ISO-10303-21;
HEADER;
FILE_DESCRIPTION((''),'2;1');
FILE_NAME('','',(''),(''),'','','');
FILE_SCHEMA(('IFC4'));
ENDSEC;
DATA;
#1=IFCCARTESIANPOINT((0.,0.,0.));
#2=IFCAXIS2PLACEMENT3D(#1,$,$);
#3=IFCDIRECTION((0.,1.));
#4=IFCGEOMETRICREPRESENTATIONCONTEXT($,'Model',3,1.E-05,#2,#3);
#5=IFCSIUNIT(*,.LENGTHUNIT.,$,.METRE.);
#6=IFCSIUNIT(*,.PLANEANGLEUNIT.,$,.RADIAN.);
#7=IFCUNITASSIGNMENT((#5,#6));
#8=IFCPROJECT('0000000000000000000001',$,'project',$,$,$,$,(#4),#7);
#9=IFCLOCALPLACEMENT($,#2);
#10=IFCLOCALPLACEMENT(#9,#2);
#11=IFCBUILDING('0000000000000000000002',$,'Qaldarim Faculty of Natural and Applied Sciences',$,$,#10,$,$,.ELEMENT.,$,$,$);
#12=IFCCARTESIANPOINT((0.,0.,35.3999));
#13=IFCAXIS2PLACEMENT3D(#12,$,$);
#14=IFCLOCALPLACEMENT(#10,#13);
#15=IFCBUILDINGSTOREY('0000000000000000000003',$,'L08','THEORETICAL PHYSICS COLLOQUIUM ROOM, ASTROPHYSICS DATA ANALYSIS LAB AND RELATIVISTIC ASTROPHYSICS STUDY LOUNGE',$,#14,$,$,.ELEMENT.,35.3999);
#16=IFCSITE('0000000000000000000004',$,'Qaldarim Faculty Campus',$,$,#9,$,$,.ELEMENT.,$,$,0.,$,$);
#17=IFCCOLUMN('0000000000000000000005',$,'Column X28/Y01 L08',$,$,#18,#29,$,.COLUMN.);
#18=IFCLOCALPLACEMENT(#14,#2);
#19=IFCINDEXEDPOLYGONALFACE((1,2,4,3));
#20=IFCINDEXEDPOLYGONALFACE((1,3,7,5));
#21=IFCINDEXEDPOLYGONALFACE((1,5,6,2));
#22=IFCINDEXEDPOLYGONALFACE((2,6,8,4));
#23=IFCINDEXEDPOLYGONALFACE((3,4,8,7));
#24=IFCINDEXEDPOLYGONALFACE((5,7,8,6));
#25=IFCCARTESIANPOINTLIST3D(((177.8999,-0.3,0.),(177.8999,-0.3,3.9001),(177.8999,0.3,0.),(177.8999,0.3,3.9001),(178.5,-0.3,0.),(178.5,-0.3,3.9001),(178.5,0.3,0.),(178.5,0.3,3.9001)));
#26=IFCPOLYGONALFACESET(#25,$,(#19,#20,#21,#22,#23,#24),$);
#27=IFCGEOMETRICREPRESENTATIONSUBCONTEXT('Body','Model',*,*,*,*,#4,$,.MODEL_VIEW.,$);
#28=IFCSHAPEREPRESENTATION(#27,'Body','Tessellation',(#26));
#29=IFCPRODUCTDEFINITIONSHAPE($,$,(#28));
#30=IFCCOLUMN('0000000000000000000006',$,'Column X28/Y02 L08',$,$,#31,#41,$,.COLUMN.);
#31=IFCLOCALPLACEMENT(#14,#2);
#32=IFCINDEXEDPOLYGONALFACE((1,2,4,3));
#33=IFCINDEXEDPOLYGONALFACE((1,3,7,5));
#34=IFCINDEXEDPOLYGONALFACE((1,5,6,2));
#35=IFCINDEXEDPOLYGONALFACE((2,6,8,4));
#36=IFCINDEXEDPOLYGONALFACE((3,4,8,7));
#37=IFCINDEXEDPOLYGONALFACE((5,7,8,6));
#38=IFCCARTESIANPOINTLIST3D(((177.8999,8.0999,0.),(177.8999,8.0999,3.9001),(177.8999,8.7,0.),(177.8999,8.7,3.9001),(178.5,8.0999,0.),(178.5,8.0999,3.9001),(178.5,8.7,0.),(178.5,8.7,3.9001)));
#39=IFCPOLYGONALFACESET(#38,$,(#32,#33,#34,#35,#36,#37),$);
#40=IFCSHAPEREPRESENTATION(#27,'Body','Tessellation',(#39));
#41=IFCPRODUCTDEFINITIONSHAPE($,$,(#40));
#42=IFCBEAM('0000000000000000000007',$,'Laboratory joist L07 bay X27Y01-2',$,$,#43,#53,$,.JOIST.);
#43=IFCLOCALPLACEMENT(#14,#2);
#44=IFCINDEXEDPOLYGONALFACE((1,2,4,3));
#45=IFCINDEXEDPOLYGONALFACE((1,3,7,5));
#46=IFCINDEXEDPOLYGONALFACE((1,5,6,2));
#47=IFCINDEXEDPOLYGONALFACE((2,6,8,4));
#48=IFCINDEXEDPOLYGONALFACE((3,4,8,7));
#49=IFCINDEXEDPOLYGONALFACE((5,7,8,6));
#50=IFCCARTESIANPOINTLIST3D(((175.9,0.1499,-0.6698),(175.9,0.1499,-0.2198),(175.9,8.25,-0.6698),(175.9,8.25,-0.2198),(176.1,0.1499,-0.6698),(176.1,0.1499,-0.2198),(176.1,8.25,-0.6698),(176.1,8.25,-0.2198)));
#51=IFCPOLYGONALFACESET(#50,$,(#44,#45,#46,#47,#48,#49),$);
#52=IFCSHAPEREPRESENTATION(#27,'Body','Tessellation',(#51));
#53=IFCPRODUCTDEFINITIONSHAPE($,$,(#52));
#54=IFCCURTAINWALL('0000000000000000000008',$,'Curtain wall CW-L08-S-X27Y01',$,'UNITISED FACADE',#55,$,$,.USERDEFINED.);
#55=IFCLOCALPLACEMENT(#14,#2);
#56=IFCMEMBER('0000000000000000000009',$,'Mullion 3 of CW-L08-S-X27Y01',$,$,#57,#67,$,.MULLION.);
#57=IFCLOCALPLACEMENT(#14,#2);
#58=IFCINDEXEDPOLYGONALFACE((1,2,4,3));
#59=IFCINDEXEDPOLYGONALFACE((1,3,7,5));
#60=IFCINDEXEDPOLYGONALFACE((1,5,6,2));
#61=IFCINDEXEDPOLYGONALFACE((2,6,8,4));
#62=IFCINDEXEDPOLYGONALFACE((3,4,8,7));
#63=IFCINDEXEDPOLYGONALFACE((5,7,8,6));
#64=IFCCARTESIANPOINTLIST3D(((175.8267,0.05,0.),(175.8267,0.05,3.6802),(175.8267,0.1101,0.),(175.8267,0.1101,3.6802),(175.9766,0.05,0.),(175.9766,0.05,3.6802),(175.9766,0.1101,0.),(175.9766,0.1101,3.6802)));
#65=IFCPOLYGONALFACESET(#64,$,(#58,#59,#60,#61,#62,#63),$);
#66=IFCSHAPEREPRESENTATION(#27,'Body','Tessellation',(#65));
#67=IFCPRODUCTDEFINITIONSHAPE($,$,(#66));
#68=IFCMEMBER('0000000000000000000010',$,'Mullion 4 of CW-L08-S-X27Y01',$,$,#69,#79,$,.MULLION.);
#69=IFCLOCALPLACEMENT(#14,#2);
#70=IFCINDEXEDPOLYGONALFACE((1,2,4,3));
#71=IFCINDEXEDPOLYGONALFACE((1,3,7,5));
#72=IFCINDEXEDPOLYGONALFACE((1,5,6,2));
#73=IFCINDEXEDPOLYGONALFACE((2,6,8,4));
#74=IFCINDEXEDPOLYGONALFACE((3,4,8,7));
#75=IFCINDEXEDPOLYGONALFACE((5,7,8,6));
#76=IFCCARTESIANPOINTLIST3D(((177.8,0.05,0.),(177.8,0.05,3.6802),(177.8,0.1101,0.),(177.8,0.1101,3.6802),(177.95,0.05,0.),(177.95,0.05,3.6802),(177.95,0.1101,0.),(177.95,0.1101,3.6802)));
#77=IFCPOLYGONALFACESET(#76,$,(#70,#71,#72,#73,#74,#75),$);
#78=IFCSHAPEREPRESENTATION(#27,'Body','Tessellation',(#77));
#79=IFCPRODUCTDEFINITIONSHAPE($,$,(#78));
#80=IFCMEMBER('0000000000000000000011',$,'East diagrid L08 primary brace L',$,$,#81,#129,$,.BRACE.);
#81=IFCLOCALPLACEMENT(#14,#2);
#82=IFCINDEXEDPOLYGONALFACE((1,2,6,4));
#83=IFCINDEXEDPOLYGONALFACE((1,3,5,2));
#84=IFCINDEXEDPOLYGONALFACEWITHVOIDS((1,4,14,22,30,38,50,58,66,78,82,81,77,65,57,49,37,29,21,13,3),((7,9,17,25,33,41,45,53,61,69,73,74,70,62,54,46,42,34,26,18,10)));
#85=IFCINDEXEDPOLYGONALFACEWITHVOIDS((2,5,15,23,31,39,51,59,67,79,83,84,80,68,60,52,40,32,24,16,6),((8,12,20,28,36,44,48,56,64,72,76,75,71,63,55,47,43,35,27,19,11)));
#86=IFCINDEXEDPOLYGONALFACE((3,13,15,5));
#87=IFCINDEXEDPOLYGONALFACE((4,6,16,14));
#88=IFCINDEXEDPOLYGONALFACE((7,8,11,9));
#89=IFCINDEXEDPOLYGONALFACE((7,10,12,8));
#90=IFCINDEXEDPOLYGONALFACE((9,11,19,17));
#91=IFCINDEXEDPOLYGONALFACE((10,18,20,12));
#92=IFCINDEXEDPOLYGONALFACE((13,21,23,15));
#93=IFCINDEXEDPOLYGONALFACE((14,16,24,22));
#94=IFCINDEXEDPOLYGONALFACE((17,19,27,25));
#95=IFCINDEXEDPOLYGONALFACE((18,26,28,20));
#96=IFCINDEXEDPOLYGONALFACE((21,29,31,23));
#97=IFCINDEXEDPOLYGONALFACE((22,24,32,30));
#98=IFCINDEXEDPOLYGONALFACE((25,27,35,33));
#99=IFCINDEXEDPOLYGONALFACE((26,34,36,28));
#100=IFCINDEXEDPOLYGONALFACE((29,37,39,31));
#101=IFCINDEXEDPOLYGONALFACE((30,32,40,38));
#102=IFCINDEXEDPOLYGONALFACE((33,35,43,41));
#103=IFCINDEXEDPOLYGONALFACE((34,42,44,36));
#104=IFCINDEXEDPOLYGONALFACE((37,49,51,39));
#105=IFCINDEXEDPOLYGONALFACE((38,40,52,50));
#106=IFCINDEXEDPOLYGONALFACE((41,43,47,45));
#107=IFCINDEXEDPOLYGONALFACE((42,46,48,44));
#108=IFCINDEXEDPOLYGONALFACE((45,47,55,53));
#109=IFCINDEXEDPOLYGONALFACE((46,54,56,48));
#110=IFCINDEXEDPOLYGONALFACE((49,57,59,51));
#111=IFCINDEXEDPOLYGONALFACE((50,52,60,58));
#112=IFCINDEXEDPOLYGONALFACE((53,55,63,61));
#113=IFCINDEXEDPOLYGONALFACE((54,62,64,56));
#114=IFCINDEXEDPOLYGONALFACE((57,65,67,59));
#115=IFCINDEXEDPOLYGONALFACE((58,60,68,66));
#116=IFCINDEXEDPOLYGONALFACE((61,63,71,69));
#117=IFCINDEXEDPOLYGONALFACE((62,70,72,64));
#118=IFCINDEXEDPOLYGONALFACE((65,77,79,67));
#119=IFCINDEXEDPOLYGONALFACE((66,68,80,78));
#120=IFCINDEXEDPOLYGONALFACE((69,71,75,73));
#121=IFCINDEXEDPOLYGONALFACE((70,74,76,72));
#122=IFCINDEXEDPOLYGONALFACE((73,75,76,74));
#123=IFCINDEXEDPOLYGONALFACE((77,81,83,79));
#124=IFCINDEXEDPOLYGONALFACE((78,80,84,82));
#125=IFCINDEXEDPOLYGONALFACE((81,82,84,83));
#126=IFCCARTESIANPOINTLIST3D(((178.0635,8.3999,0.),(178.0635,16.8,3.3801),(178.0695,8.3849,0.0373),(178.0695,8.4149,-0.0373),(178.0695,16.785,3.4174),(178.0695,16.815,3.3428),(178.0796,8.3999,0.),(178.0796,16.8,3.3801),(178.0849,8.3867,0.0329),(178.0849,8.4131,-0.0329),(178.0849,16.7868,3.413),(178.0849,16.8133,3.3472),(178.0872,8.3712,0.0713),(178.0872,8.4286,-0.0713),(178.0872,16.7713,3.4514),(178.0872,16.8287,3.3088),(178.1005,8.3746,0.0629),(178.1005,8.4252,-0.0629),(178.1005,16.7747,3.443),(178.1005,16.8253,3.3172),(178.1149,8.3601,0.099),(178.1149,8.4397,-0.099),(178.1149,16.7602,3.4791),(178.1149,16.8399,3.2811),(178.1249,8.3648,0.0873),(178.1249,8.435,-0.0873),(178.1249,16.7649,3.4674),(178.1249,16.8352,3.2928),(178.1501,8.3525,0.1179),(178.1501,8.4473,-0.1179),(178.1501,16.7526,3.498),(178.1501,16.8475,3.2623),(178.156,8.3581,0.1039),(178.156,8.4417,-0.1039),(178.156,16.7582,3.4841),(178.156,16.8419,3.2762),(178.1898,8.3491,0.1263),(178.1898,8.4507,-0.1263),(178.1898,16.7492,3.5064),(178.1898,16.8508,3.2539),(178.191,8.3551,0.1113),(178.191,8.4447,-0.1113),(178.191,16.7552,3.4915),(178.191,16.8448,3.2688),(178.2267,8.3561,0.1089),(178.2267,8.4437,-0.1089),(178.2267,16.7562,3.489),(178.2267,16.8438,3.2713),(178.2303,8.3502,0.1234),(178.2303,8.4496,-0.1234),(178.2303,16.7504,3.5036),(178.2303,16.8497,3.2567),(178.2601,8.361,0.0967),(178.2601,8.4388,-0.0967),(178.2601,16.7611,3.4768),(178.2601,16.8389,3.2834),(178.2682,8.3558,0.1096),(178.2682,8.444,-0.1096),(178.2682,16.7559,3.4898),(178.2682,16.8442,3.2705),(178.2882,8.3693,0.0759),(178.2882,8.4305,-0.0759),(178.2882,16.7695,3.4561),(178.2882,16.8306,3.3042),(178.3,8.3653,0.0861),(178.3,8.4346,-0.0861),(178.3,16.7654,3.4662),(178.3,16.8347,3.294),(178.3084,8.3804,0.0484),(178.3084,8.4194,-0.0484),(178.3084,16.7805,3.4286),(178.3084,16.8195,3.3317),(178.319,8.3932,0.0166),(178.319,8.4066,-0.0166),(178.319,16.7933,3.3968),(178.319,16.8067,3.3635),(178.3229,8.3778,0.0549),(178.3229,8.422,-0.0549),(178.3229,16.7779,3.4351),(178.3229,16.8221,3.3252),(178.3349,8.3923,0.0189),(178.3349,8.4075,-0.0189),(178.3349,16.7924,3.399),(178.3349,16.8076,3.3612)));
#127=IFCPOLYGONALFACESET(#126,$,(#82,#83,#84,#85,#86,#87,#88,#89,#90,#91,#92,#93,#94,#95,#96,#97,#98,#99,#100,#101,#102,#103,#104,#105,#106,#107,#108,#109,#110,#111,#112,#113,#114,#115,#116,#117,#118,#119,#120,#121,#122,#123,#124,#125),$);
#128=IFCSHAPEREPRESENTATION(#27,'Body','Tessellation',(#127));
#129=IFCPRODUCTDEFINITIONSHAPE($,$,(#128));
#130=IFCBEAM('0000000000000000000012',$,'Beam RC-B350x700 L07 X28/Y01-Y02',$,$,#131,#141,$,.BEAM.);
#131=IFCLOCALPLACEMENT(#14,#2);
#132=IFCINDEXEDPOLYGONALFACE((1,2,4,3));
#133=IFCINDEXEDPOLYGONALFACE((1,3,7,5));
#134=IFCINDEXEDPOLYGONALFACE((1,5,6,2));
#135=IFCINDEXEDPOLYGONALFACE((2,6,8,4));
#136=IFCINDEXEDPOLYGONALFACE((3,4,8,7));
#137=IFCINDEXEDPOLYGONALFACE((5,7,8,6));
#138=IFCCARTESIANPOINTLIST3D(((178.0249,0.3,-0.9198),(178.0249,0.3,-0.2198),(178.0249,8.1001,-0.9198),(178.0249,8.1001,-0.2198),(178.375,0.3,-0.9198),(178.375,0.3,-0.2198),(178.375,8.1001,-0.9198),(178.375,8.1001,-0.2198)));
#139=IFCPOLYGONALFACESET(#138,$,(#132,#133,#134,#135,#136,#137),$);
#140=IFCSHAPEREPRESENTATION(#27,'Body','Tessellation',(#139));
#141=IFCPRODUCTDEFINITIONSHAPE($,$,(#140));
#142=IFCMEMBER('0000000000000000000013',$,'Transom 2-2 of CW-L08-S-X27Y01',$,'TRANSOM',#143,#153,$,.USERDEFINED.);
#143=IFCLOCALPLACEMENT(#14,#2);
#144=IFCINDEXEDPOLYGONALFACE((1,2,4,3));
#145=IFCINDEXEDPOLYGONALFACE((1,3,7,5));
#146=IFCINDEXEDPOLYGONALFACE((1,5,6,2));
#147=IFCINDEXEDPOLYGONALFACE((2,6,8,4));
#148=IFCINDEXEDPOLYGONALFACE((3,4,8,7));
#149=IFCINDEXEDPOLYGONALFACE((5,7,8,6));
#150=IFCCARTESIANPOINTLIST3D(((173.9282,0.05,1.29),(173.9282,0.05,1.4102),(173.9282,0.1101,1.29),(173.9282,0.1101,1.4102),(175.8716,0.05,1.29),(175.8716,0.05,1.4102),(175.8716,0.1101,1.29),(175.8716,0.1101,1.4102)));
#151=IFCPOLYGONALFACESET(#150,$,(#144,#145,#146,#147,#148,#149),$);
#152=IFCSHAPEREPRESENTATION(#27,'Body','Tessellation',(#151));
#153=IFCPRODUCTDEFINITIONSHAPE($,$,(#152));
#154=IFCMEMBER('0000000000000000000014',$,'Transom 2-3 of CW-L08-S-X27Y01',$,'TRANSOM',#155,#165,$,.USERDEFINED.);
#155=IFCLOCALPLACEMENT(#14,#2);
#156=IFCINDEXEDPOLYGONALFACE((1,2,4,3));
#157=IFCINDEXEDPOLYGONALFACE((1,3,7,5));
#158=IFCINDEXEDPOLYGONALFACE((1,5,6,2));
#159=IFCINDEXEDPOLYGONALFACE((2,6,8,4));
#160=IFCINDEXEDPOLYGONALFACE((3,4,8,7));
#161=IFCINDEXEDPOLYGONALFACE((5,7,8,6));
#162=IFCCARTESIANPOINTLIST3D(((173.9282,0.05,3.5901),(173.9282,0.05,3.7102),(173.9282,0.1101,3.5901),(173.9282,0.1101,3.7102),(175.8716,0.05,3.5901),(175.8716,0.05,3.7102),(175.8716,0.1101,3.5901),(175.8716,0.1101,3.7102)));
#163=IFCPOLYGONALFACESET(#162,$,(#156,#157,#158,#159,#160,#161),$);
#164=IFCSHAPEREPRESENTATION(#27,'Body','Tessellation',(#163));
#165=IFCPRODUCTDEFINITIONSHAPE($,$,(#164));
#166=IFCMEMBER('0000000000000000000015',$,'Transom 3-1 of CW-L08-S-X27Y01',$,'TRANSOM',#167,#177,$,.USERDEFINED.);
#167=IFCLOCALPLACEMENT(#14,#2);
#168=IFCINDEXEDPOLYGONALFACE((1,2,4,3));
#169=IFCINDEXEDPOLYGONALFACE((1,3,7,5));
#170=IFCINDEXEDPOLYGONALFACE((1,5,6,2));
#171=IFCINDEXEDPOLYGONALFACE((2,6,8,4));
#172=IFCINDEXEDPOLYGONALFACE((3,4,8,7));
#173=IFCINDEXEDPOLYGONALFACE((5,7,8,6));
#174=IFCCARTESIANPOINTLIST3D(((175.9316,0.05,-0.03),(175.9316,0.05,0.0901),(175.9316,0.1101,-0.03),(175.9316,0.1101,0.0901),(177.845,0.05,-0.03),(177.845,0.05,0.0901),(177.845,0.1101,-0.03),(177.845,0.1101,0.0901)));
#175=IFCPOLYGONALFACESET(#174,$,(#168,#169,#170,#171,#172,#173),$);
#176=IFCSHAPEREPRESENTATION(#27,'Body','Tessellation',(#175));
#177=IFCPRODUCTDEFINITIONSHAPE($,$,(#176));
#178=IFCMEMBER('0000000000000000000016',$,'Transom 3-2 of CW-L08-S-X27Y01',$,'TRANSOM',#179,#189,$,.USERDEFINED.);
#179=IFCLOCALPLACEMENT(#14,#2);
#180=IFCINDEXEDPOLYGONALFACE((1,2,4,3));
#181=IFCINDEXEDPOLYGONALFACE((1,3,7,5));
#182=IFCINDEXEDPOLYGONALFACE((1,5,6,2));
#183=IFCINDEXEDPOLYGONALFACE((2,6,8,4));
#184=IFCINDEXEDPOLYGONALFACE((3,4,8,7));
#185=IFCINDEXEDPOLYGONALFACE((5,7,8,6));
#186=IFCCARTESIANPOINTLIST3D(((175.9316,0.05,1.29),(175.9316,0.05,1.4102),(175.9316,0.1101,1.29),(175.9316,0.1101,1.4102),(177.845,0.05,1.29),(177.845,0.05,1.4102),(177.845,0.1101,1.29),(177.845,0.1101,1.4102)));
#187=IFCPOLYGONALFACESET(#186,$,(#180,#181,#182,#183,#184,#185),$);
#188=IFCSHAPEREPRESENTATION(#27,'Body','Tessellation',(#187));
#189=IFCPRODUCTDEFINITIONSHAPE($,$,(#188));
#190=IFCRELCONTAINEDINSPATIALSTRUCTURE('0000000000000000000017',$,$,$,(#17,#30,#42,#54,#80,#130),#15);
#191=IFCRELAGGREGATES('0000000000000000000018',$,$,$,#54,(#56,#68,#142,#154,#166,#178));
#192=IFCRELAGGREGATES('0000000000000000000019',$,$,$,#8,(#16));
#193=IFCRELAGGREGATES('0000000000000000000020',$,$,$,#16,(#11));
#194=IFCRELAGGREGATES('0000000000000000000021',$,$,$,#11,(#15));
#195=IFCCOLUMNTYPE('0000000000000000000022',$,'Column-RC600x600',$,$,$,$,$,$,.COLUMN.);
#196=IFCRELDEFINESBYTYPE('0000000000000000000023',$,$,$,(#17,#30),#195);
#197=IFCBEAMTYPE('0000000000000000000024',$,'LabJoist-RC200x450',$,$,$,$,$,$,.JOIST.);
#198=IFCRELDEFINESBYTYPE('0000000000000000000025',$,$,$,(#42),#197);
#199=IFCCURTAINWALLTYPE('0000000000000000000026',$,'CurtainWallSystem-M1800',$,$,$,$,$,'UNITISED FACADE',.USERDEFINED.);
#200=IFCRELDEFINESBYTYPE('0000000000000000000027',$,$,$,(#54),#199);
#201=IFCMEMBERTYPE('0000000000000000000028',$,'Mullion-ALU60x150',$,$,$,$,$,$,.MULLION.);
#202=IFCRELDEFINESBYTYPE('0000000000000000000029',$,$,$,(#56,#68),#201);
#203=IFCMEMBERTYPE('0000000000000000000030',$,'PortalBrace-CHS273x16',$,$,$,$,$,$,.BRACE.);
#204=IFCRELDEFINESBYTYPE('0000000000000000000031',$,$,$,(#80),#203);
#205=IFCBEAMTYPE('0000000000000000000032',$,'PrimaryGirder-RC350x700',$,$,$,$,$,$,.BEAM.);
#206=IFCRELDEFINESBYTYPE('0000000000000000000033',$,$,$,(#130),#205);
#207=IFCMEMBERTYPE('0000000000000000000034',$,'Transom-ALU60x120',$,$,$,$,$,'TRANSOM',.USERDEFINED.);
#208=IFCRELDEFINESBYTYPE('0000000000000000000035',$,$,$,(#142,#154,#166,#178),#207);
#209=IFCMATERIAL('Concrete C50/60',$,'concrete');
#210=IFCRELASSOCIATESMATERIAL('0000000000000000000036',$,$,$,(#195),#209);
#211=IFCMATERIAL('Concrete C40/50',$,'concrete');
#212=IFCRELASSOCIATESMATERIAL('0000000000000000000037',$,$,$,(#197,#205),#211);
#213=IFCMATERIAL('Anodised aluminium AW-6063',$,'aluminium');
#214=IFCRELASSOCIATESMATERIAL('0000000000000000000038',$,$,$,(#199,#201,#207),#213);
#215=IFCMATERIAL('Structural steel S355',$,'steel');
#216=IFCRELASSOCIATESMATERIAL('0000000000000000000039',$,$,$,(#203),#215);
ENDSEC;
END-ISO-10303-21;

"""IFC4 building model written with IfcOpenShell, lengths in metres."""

from ifc_helpers import new_model, si_unit, direction, frame, origin, origin_2d, place, context, subcontext, project, spatial, rectangle, hollow_circle, extrude, material, material_profile, profile_set, type_object, element, aggregate, save


model = new_model("IFC4")

# Units and contexts
model_context = context("Model", 3, precision=1e-05, world=origin(), true_north=direction((0.0, 1.0)))
body_context = subcontext(model_context, "Body", "Model", "MODEL_VIEW")
ifc_project = project(units=[si_unit("LENGTHUNIT", "METRE"), si_unit("PLANEANGLEUNIT", "RADIAN")], contexts=[model_context])

# Site, building, storey
site_placement = place(None, origin())
site = spatial("IfcSite", under=ifc_project, at=site_placement, Name="Qaldarim Faculty Campus", CompositionType="ELEMENT", RefElevation=0.0)
building_placement = place(site_placement, origin())
building = spatial("IfcBuilding", under=site, at=building_placement, Name="Qaldarim Faculty of Natural and Applied Sciences", CompositionType="ELEMENT")
storey_placement = place(building_placement, frame((0.0, 0.0, 35.3999)))
storey = spatial("IfcBuildingStorey", under=building, at=storey_placement, Name="L08", Description="THEORETICAL PHYSICS COLLOQUIUM ROOM, ASTROPHYSICS DATA ANALYSIS LAB AND RELATIVISTIC ASTROPHYSICS STUDY LOUNGE", CompositionType="ELEMENT", Elevation=35.3999)

# Columns
ifc_material_1 = material(Name="Concrete C50/60", Category="concrete")
ifc_material_profile_1 = material_profile(ifc_material_1, rectangle(XDim=0.6001, YDim=0.6001, at=origin_2d()), Name="RC-C600x600")
ifc_profile_set_1 = profile_set([ifc_material_profile_1], Name="Concrete C50/60")
column_type = type_object("IfcColumnType", Name="Column-RC600x600", PredefinedType="COLUMN", material=ifc_profile_set_1)
for number, where, z_axis, x_axis, name in (
    (1, (178.2, 0.0, 0.0), (0.0, 0.0, 1.0), (1.0, 0.0, 0.0), "Column X28/Y01 L08"),
    (2, (178.2, 8.3999, 0.0), (0.0, 0.0, 1.0), (1.0, 0.0, 0.0), "Column X28/Y02 L08"),
):
    element("IfcColumn", number, at=place(storey_placement, frame(where, z_axis=z_axis, x_axis=x_axis)), inside=storey, type_object=column_type, Name=name, PredefinedType="COLUMN", context=body_context, shape_type="SweptSolid", body=[
        extrude(rectangle(XDim=0.6001, YDim=0.6001, at=origin_2d()), origin(), (0.0, 0.0, 1.0), 3.9001),
    ])

# Beam
ifc_material_2 = material(Name="Concrete C40/50", Category="concrete")
ifc_material_profile_2 = material_profile(ifc_material_2, rectangle(XDim=0.2, YDim=0.45, at=origin_2d()), Name="RC-J200x450")
ifc_profile_set_2 = profile_set([ifc_material_profile_2], Name="Concrete C40/50")
beam_type_1 = type_object("IfcBeamType", Name="LabJoist-RC200x450", PredefinedType="JOIST", material=ifc_profile_set_2)
beam_1_placement = place(storey_placement, frame((176.0, 0.1499, -0.4448), z_axis=(0.0, 1.0, 0.0), x_axis=(-1.0, 0.0, 0.0)))
element("IfcBeam", 3, at=beam_1_placement, inside=storey, type_object=beam_type_1, Name="Laboratory joist L07 bay X27Y01-2", PredefinedType="JOIST", context=body_context, shape_type="SweptSolid", body=[
    extrude(rectangle(XDim=0.2, YDim=0.45, at=origin_2d()), origin(), (0.0, 0.0, 1.0), 8.1001),
])

# Curtain wall, members
ifc_material_3 = material(Name="Anodised aluminium AW-6063", Category="aluminium")
curtain_wall_type = type_object("IfcCurtainWallType", Name="CurtainWallSystem-M1800", ElementType="UNITISED FACADE", PredefinedType="USERDEFINED", material=ifc_material_3)
curtain_wall_placement = place(storey_placement, origin())
curtain_wall = element("IfcCurtainWall", 4, at=curtain_wall_placement, inside=storey, type_object=curtain_wall_type, Name="Curtain wall CW-L08-S-X27Y01", ObjectType="UNITISED FACADE", PredefinedType="USERDEFINED")
ifc_material_profile_3 = material_profile(ifc_material_3, rectangle(XDim=0.0601, YDim=0.1499, at=origin_2d()), Name="ALU-M60x150")
ifc_profile_set_3 = profile_set([ifc_material_profile_3], Name="Anodised aluminium AW-6063")
member_type_1 = type_object("IfcMemberType", Name="Mullion-ALU60x150", PredefinedType="MULLION", material=ifc_profile_set_3)
member_1_placement = place(storey_placement, frame((175.9016, 0.0801, 0.0), z_axis=(0.0, 0.0, 1.0), x_axis=(0.0, 1.0, 0.0)))
member_1 = element("IfcMember", 5, at=member_1_placement, type_object=member_type_1, Name="Mullion 3 of CW-L08-S-X27Y01", PredefinedType="MULLION", context=body_context, shape_type="SweptSolid", body=[
    extrude(rectangle(XDim=0.0601, YDim=0.1499, at=origin_2d()), origin(), (0.0, 0.0, 1.0), 3.6802),
])
member_2_placement = place(storey_placement, frame((177.875, 0.0801, 0.0), z_axis=(0.0, 0.0, 1.0), x_axis=(0.0, 1.0, 0.0)))
member_2 = element("IfcMember", 6, at=member_2_placement, type_object=member_type_1, Name="Mullion 4 of CW-L08-S-X27Y01", PredefinedType="MULLION", context=body_context, shape_type="SweptSolid", body=[
    extrude(rectangle(XDim=0.0601, YDim=0.1499, at=origin_2d()), origin(), (0.0, 0.0, 1.0), 3.6802),
])

# Member
ifc_material_4 = material(Name="Structural steel S355", Category="steel")
ifc_material_profile_4 = material_profile(ifc_material_4, hollow_circle(Radius=0.1365, WallThickness=0.0161, at=origin_2d()), Name="CHS 273.0x16.0")
ifc_profile_set_4 = profile_set([ifc_material_profile_4], Name="Structural steel S355")
member_type_2 = type_object("IfcMemberType", Name="PortalBrace-CHS273x16", PredefinedType="BRACE", material=ifc_profile_set_4)
member_3_placement = place(storey_placement, frame((178.2, 8.3999, 0.0), z_axis=(0.0, 0.92771, 0.373301), x_axis=(-1.0, 0.0, 0.0)))
element("IfcMember", 7, at=member_3_placement, inside=storey, type_object=member_type_2, Name="East diagrid L08 primary brace L", PredefinedType="BRACE", context=body_context, shape_type="SweptSolid", body=[
    extrude(hollow_circle(Radius=0.1365, WallThickness=0.0161, at=origin_2d()), origin(), (0.0, 0.0, 1.0), 9.0547),
])

# Beam
ifc_material_profile_5 = material_profile(ifc_material_2, rectangle(XDim=0.3501, YDim=0.7, at=origin_2d()), Name="RC-B350x700")
ifc_profile_set_5 = profile_set([ifc_material_profile_5], Name="Concrete C40/50")
beam_type_2 = type_object("IfcBeamType", Name="PrimaryGirder-RC350x700", PredefinedType="BEAM", material=ifc_profile_set_5)
beam_2_placement = place(storey_placement, frame((178.2, 0.3, -0.5698), z_axis=(0.0, 1.0, 0.0), x_axis=(-1.0, 0.0, 0.0)))
element("IfcBeam", 8, at=beam_2_placement, inside=storey, type_object=beam_type_2, Name="Beam RC-B350x700 L07 X28/Y01-Y02", PredefinedType="BEAM", context=body_context, shape_type="SweptSolid", body=[
    extrude(rectangle(XDim=0.3501, YDim=0.7, at=origin_2d()), origin(), (0.0, 0.0, 1.0), 7.8),
])

# Members
ifc_material_profile_6 = material_profile(ifc_material_3, rectangle(XDim=0.0601, YDim=0.1201, at=origin_2d()), Name="ALU-T60x120")
ifc_profile_set_6 = profile_set([ifc_material_profile_6], Name="Anodised aluminium AW-6063")
member_type_3 = type_object("IfcMemberType", Name="Transom-ALU60x120", ElementType="TRANSOM", PredefinedType="USERDEFINED", material=ifc_profile_set_6)
member_4_placement = place(storey_placement, frame((173.9282, 0.0801, 1.3501), z_axis=(1.0, 0.0, 0.0), x_axis=(0.0, 1.0, 0.0)))
member_4 = element("IfcMember", 9, at=member_4_placement, type_object=member_type_3, Name="Transom 2-2 of CW-L08-S-X27Y01", ObjectType="TRANSOM", PredefinedType="USERDEFINED", context=body_context, shape_type="SweptSolid", body=[
    extrude(rectangle(XDim=0.0601, YDim=0.1201, at=origin_2d()), origin(), (0.0, 0.0, 1.0), 1.9434),
])
member_5_placement = place(storey_placement, frame((173.9282, 0.0801, 3.6501), z_axis=(1.0, 0.0, 0.0), x_axis=(0.0, 1.0, 0.0)))
member_5 = element("IfcMember", 10, at=member_5_placement, type_object=member_type_3, Name="Transom 2-3 of CW-L08-S-X27Y01", ObjectType="TRANSOM", PredefinedType="USERDEFINED", context=body_context, shape_type="SweptSolid", body=[
    extrude(rectangle(XDim=0.0601, YDim=0.1201, at=origin_2d()), origin(), (0.0, 0.0, 1.0), 1.9434),
])
member_6_placement = place(storey_placement, frame((175.9316, 0.0801, 0.03), z_axis=(1.0, 0.0, 0.0), x_axis=(0.0, 1.0, 0.0)))
member_6 = element("IfcMember", 11, at=member_6_placement, type_object=member_type_3, Name="Transom 3-1 of CW-L08-S-X27Y01", ObjectType="TRANSOM", PredefinedType="USERDEFINED", context=body_context, shape_type="SweptSolid", body=[
    extrude(rectangle(XDim=0.0601, YDim=0.1201, at=origin_2d()), origin(), (0.0, 0.0, 1.0), 1.9133),
])
member_7_placement = place(storey_placement, frame((175.9316, 0.0801, 1.3501), z_axis=(1.0, 0.0, 0.0), x_axis=(0.0, 1.0, 0.0)))
member_7 = element("IfcMember", 12, at=member_7_placement, type_object=member_type_3, Name="Transom 3-2 of CW-L08-S-X27Y01", ObjectType="TRANSOM", PredefinedType="USERDEFINED", context=body_context, shape_type="SweptSolid", body=[
    extrude(rectangle(XDim=0.0601, YDim=0.1201, at=origin_2d()), origin(), (0.0, 0.0, 1.0), 1.9133),
])

aggregate(curtain_wall, [member_1, member_2, member_4, member_5, member_6, member_7])

save(model, "model.ifc")
